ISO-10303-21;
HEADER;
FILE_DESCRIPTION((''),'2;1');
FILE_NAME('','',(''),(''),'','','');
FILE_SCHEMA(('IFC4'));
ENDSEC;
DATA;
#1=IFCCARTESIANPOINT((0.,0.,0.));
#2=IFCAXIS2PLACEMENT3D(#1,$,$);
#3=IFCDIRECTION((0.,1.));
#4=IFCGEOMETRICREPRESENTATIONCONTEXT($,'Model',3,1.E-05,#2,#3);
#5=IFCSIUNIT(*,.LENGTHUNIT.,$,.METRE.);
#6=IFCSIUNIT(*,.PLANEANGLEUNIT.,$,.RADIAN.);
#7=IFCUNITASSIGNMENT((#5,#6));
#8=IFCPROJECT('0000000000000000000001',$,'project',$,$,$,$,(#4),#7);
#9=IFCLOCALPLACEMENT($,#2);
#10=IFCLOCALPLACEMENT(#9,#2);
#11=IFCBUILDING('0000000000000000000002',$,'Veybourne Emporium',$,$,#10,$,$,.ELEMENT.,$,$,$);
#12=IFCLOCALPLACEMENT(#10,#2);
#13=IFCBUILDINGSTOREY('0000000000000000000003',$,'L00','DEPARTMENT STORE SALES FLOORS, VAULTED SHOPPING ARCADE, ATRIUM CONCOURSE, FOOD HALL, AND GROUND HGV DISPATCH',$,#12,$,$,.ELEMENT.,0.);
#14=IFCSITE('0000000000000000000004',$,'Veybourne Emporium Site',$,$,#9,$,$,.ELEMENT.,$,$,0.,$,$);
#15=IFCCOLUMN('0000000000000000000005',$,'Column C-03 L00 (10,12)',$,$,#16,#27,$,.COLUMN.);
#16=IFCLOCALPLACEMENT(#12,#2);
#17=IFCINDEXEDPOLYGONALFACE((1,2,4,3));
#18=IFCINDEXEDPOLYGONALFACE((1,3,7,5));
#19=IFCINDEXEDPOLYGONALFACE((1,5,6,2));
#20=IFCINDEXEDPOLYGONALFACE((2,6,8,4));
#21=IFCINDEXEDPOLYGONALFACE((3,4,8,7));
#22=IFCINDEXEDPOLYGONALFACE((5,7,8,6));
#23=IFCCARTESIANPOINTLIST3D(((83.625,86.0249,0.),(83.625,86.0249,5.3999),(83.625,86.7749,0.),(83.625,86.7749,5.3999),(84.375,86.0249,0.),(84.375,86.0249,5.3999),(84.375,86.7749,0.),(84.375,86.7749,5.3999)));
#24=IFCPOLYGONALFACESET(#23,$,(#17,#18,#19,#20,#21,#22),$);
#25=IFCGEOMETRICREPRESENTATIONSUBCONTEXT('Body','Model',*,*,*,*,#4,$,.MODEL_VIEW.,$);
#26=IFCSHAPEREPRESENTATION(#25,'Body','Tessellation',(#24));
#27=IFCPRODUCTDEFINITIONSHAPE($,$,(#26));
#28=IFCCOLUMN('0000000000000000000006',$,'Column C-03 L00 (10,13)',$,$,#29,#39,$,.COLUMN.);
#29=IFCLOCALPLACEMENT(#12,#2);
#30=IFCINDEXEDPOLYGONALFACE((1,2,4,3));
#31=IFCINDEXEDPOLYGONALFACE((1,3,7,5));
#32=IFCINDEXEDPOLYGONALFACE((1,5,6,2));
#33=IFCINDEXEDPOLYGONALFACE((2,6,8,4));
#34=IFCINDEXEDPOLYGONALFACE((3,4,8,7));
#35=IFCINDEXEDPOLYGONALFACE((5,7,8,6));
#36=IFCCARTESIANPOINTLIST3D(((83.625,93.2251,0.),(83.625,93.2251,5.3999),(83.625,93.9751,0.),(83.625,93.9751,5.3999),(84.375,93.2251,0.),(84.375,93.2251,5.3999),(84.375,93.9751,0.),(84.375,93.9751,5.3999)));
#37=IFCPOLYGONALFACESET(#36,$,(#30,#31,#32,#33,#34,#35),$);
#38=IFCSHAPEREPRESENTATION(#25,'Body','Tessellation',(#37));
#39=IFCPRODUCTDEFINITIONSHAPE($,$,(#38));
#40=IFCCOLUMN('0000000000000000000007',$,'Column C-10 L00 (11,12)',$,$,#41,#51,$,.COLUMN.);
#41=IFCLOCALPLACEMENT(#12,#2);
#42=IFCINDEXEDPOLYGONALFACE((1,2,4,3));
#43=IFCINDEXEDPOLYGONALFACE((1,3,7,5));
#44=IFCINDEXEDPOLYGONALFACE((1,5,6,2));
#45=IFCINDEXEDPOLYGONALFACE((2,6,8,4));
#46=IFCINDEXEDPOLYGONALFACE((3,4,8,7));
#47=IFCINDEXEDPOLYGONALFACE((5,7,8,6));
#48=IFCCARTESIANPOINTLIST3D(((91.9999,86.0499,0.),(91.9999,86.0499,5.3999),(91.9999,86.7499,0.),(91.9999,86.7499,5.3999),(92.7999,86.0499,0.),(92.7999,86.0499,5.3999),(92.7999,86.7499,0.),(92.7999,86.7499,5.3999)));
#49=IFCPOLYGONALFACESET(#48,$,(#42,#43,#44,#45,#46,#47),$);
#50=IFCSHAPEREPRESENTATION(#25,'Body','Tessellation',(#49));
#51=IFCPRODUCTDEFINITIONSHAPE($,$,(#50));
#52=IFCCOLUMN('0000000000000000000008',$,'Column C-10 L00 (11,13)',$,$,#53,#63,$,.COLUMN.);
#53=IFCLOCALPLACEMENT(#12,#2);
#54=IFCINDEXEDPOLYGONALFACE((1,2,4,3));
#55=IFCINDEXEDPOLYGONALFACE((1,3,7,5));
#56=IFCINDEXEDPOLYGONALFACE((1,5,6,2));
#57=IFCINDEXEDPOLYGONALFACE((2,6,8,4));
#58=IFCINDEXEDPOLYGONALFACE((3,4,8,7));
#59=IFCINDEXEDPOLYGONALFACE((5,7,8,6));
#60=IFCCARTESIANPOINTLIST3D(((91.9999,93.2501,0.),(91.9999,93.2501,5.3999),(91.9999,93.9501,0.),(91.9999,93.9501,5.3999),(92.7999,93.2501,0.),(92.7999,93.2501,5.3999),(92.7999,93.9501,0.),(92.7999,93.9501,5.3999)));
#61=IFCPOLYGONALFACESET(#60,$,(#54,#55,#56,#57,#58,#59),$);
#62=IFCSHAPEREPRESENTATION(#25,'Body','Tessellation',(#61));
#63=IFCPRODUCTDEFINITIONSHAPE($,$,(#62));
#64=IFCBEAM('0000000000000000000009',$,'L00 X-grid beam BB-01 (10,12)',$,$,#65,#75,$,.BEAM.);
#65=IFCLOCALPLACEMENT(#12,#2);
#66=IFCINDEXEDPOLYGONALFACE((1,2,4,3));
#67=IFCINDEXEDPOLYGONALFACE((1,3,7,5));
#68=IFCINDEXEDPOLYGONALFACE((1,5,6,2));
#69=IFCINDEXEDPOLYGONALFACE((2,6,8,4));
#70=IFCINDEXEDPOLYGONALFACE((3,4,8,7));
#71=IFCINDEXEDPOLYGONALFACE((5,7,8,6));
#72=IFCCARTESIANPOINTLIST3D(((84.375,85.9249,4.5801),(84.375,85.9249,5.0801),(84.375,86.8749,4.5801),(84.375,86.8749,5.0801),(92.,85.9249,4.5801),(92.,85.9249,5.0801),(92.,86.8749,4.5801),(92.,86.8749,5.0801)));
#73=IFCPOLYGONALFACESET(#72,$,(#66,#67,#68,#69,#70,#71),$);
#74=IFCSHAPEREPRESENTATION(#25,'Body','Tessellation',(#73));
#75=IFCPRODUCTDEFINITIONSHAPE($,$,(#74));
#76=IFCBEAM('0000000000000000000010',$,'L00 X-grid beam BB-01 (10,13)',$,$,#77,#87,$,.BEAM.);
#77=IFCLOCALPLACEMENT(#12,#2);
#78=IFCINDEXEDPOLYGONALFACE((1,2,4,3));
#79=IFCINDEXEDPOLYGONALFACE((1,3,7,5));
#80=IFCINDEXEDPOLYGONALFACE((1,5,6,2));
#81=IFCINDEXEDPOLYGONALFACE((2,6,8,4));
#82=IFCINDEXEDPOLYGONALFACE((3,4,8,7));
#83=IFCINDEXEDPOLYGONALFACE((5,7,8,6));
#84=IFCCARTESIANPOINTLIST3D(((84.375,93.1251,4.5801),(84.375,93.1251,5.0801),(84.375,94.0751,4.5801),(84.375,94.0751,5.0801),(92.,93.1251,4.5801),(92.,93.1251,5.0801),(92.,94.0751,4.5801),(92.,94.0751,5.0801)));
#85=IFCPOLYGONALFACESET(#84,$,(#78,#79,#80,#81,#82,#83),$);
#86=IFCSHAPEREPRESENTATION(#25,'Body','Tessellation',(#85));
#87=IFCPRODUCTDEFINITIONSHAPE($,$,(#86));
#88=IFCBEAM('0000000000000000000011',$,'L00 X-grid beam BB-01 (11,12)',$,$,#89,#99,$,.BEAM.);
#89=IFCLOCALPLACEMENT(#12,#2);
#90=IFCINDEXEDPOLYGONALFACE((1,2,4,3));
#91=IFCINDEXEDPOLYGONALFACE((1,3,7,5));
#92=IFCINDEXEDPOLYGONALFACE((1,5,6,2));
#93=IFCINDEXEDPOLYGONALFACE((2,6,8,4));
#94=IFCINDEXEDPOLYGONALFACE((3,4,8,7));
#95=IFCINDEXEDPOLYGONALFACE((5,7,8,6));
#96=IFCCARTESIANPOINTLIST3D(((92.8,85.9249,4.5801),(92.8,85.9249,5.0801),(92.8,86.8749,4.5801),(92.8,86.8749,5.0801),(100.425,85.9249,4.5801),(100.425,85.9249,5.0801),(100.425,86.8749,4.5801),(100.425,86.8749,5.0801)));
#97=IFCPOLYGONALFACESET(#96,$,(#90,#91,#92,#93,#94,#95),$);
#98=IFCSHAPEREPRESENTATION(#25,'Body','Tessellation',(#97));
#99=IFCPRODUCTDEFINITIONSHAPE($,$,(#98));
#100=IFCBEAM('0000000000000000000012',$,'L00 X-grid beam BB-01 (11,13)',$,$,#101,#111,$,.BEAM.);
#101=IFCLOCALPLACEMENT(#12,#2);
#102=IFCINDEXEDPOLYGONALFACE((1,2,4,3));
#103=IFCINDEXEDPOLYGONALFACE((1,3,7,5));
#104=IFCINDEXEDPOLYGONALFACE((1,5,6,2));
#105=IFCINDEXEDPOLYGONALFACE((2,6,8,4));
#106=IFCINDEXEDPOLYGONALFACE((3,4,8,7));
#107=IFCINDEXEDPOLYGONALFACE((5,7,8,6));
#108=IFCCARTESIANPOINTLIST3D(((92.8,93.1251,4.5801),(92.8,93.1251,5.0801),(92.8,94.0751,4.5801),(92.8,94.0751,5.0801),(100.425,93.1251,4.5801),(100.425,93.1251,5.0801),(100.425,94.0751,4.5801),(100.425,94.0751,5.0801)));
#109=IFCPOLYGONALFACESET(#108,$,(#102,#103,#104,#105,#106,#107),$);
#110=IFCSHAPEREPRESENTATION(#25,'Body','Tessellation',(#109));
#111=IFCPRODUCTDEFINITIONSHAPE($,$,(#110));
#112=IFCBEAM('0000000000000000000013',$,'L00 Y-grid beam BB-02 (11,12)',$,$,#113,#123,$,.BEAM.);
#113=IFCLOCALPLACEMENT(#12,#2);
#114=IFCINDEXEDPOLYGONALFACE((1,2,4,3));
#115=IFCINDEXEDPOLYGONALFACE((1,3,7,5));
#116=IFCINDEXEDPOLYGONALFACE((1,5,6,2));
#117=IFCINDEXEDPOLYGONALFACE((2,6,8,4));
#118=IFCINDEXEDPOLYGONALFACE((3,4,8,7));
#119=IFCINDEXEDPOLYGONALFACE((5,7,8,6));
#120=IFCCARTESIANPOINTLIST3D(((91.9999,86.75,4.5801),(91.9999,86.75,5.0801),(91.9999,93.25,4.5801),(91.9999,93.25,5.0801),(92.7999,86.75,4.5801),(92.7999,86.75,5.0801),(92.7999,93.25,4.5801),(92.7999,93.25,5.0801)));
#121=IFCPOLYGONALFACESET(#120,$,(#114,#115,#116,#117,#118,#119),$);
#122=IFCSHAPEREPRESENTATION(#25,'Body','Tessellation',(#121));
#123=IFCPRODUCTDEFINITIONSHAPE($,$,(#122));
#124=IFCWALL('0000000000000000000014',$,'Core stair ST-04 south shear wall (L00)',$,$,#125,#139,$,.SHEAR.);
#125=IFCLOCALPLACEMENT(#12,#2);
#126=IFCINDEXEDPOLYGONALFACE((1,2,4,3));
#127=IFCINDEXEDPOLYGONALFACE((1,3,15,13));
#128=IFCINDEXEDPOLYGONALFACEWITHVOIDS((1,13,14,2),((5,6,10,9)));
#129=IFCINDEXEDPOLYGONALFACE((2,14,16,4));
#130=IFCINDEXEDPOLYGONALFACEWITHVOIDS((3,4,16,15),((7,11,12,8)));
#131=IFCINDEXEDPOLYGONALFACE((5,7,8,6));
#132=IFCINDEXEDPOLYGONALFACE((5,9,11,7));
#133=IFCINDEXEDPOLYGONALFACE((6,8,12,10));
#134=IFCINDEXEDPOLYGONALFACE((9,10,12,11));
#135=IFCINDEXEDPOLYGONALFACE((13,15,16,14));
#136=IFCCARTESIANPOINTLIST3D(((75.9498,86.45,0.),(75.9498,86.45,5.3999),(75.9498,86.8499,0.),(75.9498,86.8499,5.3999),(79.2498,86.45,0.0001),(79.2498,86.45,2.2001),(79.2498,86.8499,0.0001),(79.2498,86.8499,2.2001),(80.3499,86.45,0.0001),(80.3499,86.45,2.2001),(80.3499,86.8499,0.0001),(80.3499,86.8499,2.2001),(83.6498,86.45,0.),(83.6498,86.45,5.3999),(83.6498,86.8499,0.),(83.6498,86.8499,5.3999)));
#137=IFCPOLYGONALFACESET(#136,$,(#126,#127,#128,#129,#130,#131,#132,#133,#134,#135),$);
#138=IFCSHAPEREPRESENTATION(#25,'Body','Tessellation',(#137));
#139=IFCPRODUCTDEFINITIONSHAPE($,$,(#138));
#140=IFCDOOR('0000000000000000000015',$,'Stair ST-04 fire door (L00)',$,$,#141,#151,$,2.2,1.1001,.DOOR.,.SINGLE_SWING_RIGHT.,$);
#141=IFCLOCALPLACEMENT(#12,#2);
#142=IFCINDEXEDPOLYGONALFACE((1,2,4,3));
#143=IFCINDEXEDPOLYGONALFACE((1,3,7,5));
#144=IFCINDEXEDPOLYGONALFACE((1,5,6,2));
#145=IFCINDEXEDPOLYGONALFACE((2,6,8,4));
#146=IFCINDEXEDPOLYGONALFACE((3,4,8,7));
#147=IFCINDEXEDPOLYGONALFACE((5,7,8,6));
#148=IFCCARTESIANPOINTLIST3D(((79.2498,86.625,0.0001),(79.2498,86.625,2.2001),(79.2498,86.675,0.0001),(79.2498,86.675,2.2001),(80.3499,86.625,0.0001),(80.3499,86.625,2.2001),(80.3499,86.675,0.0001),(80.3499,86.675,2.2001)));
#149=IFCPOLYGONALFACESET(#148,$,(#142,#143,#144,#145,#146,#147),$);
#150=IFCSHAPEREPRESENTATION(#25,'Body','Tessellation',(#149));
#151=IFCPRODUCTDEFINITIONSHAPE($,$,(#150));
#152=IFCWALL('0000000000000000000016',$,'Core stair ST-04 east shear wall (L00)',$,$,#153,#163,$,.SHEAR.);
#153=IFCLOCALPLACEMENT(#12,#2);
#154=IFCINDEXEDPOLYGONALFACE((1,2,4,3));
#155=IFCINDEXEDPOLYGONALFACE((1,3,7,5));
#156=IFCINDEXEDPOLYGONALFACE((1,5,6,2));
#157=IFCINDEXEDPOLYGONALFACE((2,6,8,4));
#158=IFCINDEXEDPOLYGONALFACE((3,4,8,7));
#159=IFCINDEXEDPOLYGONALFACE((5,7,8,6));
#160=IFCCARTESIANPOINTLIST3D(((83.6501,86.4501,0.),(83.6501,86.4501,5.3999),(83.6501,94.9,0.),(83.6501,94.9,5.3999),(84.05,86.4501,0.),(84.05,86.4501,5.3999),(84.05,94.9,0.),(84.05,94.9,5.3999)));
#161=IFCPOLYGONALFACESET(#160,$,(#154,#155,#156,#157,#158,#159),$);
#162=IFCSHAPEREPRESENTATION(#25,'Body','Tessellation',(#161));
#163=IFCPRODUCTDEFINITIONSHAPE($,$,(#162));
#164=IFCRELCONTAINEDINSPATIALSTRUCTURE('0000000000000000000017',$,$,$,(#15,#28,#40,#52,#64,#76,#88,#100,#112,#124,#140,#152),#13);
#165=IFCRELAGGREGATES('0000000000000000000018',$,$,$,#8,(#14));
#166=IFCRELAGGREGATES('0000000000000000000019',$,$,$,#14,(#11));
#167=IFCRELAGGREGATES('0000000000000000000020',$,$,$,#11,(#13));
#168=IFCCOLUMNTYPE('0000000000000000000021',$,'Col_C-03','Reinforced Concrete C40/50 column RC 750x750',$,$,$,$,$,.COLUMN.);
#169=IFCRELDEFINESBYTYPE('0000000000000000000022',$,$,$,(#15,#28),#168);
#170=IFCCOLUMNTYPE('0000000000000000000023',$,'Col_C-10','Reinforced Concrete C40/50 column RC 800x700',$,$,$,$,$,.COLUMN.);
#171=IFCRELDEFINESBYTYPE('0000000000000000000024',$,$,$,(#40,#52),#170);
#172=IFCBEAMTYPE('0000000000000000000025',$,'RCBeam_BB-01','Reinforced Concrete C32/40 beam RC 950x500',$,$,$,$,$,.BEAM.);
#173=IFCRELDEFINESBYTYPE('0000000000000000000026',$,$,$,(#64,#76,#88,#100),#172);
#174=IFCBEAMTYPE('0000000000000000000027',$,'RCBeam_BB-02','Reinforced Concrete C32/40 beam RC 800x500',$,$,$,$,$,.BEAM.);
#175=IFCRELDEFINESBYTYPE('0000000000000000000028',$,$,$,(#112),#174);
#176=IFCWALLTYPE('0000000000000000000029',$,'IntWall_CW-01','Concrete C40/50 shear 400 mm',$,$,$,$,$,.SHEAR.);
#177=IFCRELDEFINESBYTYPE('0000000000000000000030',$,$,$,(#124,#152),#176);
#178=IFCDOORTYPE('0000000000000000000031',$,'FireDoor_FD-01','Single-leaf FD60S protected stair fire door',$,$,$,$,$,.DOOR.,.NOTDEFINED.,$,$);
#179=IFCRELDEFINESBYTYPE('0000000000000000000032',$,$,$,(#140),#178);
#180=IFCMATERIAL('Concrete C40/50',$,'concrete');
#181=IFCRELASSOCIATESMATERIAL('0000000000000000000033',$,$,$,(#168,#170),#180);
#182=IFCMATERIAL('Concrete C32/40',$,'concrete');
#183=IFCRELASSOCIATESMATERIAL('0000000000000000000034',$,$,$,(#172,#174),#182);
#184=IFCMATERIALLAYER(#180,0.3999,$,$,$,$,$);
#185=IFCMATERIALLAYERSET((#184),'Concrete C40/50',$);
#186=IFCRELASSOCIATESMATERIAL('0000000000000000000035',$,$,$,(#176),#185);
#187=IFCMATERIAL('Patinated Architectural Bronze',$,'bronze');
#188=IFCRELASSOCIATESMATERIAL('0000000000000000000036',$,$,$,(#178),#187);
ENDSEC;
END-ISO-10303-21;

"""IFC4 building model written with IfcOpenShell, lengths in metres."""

from ifc_helpers import new_model, si_unit, direction, frame, frame_2d, origin, origin_2d, place, context, subcontext, project, spatial, rectangle, extrude, material, layer, layer_set, material_profile, profile_set, type_object, element, fill, save


model = new_model("IFC4")

# Units and contexts
model_context = context("Model", 3, precision=1e-05, world=origin(), true_north=direction((0.0, 1.0)))
body_context = subcontext(model_context, "Body", "Model", "MODEL_VIEW")
ifc_project = project(units=[si_unit("LENGTHUNIT", "METRE"), si_unit("PLANEANGLEUNIT", "RADIAN")], contexts=[model_context])

# Site, building, storey
site_placement = place(None, origin())
site = spatial("IfcSite", under=ifc_project, at=site_placement, Name="Veybourne Emporium Site", CompositionType="ELEMENT", RefElevation=0.0)
building_placement = place(site_placement, origin())
building = spatial("IfcBuilding", under=site, at=building_placement, Name="Veybourne Emporium", CompositionType="ELEMENT")
storey_placement = place(building_placement, origin())
storey = spatial("IfcBuildingStorey", under=building, at=storey_placement, Name="L00", Description="DEPARTMENT STORE SALES FLOORS, VAULTED SHOPPING ARCADE, ATRIUM CONCOURSE, FOOD HALL, AND GROUND HGV DISPATCH", CompositionType="ELEMENT", Elevation=0.0)

# Columns
ifc_material_1 = material(Name="Concrete C40/50", Category="concrete")
ifc_material_profile_1 = material_profile(ifc_material_1, rectangle(XDim=0.75, YDim=0.75, at=origin_2d()), Name="RC 750x750")
ifc_profile_set_1 = profile_set([ifc_material_profile_1], Name="Concrete C40/50")
column_type_1 = type_object("IfcColumnType", Name="Col_C-03", Description="Reinforced Concrete C40/50 column RC 750x750", PredefinedType="COLUMN", material=ifc_profile_set_1)
for number, where, z_axis, x_axis, name in (
    (1, (84.0, 86.3999, 0.0), (0.0, 0.0, 1.0), (1.0, 0.0, 0.0), "Column C-03 L00 (10,12)"),
    (2, (84.0, 93.6001, 0.0), (0.0, 0.0, 1.0), (1.0, 0.0, 0.0), "Column C-03 L00 (10,13)"),
):
    element("IfcColumn", number, at=place(storey_placement, frame(where, z_axis=z_axis, x_axis=x_axis)), inside=storey, type_object=column_type_1, Name=name, PredefinedType="COLUMN", context=body_context, shape_type="SweptSolid", body=[
        extrude(rectangle(XDim=0.75, YDim=0.75, at=origin_2d()), origin(), (0.0, 0.0, 1.0), 5.3999),
    ])
ifc_material_profile_2 = material_profile(ifc_material_1, rectangle(XDim=0.8, YDim=0.7, at=origin_2d()), Name="RC 800x700")
ifc_profile_set_2 = profile_set([ifc_material_profile_2], Name="Concrete C40/50")
column_type_2 = type_object("IfcColumnType", Name="Col_C-10", Description="Reinforced Concrete C40/50 column RC 800x700", PredefinedType="COLUMN", material=ifc_profile_set_2)
for number, where, z_axis, x_axis, name in (
    (3, (92.3999, 86.3999, 0.0), (0.0, 0.0, 1.0), (1.0, 0.0, 0.0), "Column C-10 L00 (11,12)"),
    (4, (92.3999, 93.6001, 0.0), (0.0, 0.0, 1.0), (1.0, 0.0, 0.0), "Column C-10 L00 (11,13)"),
):
    element("IfcColumn", number, at=place(storey_placement, frame(where, z_axis=z_axis, x_axis=x_axis)), inside=storey, type_object=column_type_2, Name=name, PredefinedType="COLUMN", context=body_context, shape_type="SweptSolid", body=[
        extrude(rectangle(XDim=0.8, YDim=0.7, at=origin_2d()), origin(), (0.0, 0.0, 1.0), 5.3999),
    ])

# Beams
ifc_material_2 = material(Name="Concrete C32/40", Category="concrete")
ifc_material_profile_3 = material_profile(ifc_material_2, rectangle(XDim=0.95, YDim=0.5, at=origin_2d()), Name="RC 950x500")
ifc_profile_set_3 = profile_set([ifc_material_profile_3], Name="Concrete C32/40")
beam_type_1 = type_object("IfcBeamType", Name="RCBeam_BB-01", Description="Reinforced Concrete C32/40 beam RC 950x500", PredefinedType="BEAM", material=ifc_profile_set_3)
for number, where, z_axis, x_axis, name in (
    (5, (84.375, 86.3999, 4.8301), (1.0, 0.0, 0.0), (0.0, 1.0, 0.0), "L00 X-grid beam BB-01 (10,12)"),
    (6, (84.375, 93.6001, 4.8301), (1.0, 0.0, 0.0), (0.0, 1.0, 0.0), "L00 X-grid beam BB-01 (10,13)"),
    (7, (92.8, 86.3999, 4.8301), (1.0, 0.0, 0.0), (0.0, 1.0, 0.0), "L00 X-grid beam BB-01 (11,12)"),
    (8, (92.8, 93.6001, 4.8301), (1.0, 0.0, 0.0), (0.0, 1.0, 0.0), "L00 X-grid beam BB-01 (11,13)"),
):
    element("IfcBeam", number, at=place(storey_placement, frame(where, z_axis=z_axis, x_axis=x_axis)), inside=storey, type_object=beam_type_1, Name=name, PredefinedType="BEAM", context=body_context, shape_type="SweptSolid", body=[
        extrude(rectangle(XDim=0.95, YDim=0.5, at=origin_2d()), origin(), (0.0, 0.0, 1.0), 7.625),
    ])
ifc_material_profile_4 = material_profile(ifc_material_2, rectangle(XDim=0.8, YDim=0.5, at=origin_2d()), Name="RC 800x500")
ifc_profile_set_4 = profile_set([ifc_material_profile_4], Name="Concrete C32/40")
beam_type_2 = type_object("IfcBeamType", Name="RCBeam_BB-02", Description="Reinforced Concrete C32/40 beam RC 800x500", PredefinedType="BEAM", material=ifc_profile_set_4)
beam_placement = place(storey_placement, frame((92.3999, 86.75, 4.8301), z_axis=(0.0, 1.0, 0.0), x_axis=(-1.0, 0.0, 0.0)))
element("IfcBeam", 9, at=beam_placement, inside=storey, type_object=beam_type_2, Name="L00 Y-grid beam BB-02 (11,12)", PredefinedType="BEAM", context=body_context, shape_type="SweptSolid", body=[
    extrude(rectangle(XDim=0.8, YDim=0.5, at=origin_2d()), origin(), (0.0, 0.0, 1.0), 6.5),
])

# Wall, opening, door
ifc_layer_1 = layer(ifc_material_1, 0.3999)
ifc_layer_set_1 = layer_set([ifc_layer_1], Name="Concrete C40/50")
wall_type_1 = type_object("IfcWallType", Name="IntWall_CW-01", Description="Concrete C40/50 shear 400 mm", PredefinedType="SHEAR", material=ifc_layer_set_1)
wall_1_placement = place(storey_placement, frame((83.6499, 86.6499, 0.0), z_axis=(0.0, 0.0, 1.0), x_axis=(-1.0, 0.0, 0.0)))
wall_1 = element("IfcWall", 10, at=wall_1_placement, inside=storey, type_object=wall_type_1, Name="Core stair ST-04 south shear wall (L00)", PredefinedType="SHEAR", context=body_context, shape_type="SweptSolid", body=[
    extrude(rectangle(XDim=7.7, YDim=0.3999, at=frame_2d((3.8501, 0.0))), origin(), (0.0, 0.0, 1.0), 5.3999),
])
opening_1_placement = place(wall_1_placement, frame((3.3, 0.0, 0.0)))
opening_1 = element("IfcOpeningElement", 11, at=opening_1_placement, cuts=wall_1, PredefinedType="OPENING", context=body_context, shape_type="SweptSolid", body=[
    extrude(rectangle(XDim=1.1001, YDim=2.2, at=frame_2d((0.55, 1.1001))), frame((0.0, 0.22, 0.0), z_axis=(0.0, -1.0, 0.0), x_axis=(1.0, 0.0, 0.0)), (0.0, 0.0, 1.0), 0.4399),
])
ifc_material_3 = material(Name="Patinated Architectural Bronze", Category="bronze")
door_type_1 = type_object("IfcDoorType", Name="FireDoor_FD-01", Description="Single-leaf FD60S protected stair fire door", OperationType="NOTDEFINED", PredefinedType="DOOR", material=ifc_material_3)
door_1_placement = place(opening_1_placement, origin())
door_1 = element("IfcDoor", 12, at=door_1_placement, inside=storey, type_object=door_type_1, Name="Stair ST-04 fire door (L00)", OperationType="SINGLE_SWING_RIGHT", OverallHeight=2.2, OverallWidth=1.1001, PredefinedType="DOOR", context=body_context, shape_type="SweptSolid", body=[
    extrude(rectangle(XDim=1.1001, YDim=2.2, at=frame_2d((0.55, 1.1001))), frame((0.0, 0.0249, 0.0), z_axis=(0.0, -1.0, 0.0), x_axis=(1.0, 0.0, 0.0)), (0.0, 0.0, 1.0), 0.05),
])
fill(opening_1, door_1)

# Wall
wall_2_placement = place(storey_placement, frame((83.8501, 86.45, 0.0), z_axis=(0.0, 0.0, 1.0), x_axis=(0.0, 1.0, 0.0)))
element("IfcWall", 13, at=wall_2_placement, inside=storey, type_object=wall_type_1, Name="Core stair ST-04 east shear wall (L00)", PredefinedType="SHEAR", context=body_context, shape_type="SweptSolid", body=[
    extrude(rectangle(XDim=8.45, YDim=0.3999, at=frame_2d((4.2251, 0.0))), origin(), (0.0, 0.0, 1.0), 5.3999),
])

save(model, "model.ifc")
